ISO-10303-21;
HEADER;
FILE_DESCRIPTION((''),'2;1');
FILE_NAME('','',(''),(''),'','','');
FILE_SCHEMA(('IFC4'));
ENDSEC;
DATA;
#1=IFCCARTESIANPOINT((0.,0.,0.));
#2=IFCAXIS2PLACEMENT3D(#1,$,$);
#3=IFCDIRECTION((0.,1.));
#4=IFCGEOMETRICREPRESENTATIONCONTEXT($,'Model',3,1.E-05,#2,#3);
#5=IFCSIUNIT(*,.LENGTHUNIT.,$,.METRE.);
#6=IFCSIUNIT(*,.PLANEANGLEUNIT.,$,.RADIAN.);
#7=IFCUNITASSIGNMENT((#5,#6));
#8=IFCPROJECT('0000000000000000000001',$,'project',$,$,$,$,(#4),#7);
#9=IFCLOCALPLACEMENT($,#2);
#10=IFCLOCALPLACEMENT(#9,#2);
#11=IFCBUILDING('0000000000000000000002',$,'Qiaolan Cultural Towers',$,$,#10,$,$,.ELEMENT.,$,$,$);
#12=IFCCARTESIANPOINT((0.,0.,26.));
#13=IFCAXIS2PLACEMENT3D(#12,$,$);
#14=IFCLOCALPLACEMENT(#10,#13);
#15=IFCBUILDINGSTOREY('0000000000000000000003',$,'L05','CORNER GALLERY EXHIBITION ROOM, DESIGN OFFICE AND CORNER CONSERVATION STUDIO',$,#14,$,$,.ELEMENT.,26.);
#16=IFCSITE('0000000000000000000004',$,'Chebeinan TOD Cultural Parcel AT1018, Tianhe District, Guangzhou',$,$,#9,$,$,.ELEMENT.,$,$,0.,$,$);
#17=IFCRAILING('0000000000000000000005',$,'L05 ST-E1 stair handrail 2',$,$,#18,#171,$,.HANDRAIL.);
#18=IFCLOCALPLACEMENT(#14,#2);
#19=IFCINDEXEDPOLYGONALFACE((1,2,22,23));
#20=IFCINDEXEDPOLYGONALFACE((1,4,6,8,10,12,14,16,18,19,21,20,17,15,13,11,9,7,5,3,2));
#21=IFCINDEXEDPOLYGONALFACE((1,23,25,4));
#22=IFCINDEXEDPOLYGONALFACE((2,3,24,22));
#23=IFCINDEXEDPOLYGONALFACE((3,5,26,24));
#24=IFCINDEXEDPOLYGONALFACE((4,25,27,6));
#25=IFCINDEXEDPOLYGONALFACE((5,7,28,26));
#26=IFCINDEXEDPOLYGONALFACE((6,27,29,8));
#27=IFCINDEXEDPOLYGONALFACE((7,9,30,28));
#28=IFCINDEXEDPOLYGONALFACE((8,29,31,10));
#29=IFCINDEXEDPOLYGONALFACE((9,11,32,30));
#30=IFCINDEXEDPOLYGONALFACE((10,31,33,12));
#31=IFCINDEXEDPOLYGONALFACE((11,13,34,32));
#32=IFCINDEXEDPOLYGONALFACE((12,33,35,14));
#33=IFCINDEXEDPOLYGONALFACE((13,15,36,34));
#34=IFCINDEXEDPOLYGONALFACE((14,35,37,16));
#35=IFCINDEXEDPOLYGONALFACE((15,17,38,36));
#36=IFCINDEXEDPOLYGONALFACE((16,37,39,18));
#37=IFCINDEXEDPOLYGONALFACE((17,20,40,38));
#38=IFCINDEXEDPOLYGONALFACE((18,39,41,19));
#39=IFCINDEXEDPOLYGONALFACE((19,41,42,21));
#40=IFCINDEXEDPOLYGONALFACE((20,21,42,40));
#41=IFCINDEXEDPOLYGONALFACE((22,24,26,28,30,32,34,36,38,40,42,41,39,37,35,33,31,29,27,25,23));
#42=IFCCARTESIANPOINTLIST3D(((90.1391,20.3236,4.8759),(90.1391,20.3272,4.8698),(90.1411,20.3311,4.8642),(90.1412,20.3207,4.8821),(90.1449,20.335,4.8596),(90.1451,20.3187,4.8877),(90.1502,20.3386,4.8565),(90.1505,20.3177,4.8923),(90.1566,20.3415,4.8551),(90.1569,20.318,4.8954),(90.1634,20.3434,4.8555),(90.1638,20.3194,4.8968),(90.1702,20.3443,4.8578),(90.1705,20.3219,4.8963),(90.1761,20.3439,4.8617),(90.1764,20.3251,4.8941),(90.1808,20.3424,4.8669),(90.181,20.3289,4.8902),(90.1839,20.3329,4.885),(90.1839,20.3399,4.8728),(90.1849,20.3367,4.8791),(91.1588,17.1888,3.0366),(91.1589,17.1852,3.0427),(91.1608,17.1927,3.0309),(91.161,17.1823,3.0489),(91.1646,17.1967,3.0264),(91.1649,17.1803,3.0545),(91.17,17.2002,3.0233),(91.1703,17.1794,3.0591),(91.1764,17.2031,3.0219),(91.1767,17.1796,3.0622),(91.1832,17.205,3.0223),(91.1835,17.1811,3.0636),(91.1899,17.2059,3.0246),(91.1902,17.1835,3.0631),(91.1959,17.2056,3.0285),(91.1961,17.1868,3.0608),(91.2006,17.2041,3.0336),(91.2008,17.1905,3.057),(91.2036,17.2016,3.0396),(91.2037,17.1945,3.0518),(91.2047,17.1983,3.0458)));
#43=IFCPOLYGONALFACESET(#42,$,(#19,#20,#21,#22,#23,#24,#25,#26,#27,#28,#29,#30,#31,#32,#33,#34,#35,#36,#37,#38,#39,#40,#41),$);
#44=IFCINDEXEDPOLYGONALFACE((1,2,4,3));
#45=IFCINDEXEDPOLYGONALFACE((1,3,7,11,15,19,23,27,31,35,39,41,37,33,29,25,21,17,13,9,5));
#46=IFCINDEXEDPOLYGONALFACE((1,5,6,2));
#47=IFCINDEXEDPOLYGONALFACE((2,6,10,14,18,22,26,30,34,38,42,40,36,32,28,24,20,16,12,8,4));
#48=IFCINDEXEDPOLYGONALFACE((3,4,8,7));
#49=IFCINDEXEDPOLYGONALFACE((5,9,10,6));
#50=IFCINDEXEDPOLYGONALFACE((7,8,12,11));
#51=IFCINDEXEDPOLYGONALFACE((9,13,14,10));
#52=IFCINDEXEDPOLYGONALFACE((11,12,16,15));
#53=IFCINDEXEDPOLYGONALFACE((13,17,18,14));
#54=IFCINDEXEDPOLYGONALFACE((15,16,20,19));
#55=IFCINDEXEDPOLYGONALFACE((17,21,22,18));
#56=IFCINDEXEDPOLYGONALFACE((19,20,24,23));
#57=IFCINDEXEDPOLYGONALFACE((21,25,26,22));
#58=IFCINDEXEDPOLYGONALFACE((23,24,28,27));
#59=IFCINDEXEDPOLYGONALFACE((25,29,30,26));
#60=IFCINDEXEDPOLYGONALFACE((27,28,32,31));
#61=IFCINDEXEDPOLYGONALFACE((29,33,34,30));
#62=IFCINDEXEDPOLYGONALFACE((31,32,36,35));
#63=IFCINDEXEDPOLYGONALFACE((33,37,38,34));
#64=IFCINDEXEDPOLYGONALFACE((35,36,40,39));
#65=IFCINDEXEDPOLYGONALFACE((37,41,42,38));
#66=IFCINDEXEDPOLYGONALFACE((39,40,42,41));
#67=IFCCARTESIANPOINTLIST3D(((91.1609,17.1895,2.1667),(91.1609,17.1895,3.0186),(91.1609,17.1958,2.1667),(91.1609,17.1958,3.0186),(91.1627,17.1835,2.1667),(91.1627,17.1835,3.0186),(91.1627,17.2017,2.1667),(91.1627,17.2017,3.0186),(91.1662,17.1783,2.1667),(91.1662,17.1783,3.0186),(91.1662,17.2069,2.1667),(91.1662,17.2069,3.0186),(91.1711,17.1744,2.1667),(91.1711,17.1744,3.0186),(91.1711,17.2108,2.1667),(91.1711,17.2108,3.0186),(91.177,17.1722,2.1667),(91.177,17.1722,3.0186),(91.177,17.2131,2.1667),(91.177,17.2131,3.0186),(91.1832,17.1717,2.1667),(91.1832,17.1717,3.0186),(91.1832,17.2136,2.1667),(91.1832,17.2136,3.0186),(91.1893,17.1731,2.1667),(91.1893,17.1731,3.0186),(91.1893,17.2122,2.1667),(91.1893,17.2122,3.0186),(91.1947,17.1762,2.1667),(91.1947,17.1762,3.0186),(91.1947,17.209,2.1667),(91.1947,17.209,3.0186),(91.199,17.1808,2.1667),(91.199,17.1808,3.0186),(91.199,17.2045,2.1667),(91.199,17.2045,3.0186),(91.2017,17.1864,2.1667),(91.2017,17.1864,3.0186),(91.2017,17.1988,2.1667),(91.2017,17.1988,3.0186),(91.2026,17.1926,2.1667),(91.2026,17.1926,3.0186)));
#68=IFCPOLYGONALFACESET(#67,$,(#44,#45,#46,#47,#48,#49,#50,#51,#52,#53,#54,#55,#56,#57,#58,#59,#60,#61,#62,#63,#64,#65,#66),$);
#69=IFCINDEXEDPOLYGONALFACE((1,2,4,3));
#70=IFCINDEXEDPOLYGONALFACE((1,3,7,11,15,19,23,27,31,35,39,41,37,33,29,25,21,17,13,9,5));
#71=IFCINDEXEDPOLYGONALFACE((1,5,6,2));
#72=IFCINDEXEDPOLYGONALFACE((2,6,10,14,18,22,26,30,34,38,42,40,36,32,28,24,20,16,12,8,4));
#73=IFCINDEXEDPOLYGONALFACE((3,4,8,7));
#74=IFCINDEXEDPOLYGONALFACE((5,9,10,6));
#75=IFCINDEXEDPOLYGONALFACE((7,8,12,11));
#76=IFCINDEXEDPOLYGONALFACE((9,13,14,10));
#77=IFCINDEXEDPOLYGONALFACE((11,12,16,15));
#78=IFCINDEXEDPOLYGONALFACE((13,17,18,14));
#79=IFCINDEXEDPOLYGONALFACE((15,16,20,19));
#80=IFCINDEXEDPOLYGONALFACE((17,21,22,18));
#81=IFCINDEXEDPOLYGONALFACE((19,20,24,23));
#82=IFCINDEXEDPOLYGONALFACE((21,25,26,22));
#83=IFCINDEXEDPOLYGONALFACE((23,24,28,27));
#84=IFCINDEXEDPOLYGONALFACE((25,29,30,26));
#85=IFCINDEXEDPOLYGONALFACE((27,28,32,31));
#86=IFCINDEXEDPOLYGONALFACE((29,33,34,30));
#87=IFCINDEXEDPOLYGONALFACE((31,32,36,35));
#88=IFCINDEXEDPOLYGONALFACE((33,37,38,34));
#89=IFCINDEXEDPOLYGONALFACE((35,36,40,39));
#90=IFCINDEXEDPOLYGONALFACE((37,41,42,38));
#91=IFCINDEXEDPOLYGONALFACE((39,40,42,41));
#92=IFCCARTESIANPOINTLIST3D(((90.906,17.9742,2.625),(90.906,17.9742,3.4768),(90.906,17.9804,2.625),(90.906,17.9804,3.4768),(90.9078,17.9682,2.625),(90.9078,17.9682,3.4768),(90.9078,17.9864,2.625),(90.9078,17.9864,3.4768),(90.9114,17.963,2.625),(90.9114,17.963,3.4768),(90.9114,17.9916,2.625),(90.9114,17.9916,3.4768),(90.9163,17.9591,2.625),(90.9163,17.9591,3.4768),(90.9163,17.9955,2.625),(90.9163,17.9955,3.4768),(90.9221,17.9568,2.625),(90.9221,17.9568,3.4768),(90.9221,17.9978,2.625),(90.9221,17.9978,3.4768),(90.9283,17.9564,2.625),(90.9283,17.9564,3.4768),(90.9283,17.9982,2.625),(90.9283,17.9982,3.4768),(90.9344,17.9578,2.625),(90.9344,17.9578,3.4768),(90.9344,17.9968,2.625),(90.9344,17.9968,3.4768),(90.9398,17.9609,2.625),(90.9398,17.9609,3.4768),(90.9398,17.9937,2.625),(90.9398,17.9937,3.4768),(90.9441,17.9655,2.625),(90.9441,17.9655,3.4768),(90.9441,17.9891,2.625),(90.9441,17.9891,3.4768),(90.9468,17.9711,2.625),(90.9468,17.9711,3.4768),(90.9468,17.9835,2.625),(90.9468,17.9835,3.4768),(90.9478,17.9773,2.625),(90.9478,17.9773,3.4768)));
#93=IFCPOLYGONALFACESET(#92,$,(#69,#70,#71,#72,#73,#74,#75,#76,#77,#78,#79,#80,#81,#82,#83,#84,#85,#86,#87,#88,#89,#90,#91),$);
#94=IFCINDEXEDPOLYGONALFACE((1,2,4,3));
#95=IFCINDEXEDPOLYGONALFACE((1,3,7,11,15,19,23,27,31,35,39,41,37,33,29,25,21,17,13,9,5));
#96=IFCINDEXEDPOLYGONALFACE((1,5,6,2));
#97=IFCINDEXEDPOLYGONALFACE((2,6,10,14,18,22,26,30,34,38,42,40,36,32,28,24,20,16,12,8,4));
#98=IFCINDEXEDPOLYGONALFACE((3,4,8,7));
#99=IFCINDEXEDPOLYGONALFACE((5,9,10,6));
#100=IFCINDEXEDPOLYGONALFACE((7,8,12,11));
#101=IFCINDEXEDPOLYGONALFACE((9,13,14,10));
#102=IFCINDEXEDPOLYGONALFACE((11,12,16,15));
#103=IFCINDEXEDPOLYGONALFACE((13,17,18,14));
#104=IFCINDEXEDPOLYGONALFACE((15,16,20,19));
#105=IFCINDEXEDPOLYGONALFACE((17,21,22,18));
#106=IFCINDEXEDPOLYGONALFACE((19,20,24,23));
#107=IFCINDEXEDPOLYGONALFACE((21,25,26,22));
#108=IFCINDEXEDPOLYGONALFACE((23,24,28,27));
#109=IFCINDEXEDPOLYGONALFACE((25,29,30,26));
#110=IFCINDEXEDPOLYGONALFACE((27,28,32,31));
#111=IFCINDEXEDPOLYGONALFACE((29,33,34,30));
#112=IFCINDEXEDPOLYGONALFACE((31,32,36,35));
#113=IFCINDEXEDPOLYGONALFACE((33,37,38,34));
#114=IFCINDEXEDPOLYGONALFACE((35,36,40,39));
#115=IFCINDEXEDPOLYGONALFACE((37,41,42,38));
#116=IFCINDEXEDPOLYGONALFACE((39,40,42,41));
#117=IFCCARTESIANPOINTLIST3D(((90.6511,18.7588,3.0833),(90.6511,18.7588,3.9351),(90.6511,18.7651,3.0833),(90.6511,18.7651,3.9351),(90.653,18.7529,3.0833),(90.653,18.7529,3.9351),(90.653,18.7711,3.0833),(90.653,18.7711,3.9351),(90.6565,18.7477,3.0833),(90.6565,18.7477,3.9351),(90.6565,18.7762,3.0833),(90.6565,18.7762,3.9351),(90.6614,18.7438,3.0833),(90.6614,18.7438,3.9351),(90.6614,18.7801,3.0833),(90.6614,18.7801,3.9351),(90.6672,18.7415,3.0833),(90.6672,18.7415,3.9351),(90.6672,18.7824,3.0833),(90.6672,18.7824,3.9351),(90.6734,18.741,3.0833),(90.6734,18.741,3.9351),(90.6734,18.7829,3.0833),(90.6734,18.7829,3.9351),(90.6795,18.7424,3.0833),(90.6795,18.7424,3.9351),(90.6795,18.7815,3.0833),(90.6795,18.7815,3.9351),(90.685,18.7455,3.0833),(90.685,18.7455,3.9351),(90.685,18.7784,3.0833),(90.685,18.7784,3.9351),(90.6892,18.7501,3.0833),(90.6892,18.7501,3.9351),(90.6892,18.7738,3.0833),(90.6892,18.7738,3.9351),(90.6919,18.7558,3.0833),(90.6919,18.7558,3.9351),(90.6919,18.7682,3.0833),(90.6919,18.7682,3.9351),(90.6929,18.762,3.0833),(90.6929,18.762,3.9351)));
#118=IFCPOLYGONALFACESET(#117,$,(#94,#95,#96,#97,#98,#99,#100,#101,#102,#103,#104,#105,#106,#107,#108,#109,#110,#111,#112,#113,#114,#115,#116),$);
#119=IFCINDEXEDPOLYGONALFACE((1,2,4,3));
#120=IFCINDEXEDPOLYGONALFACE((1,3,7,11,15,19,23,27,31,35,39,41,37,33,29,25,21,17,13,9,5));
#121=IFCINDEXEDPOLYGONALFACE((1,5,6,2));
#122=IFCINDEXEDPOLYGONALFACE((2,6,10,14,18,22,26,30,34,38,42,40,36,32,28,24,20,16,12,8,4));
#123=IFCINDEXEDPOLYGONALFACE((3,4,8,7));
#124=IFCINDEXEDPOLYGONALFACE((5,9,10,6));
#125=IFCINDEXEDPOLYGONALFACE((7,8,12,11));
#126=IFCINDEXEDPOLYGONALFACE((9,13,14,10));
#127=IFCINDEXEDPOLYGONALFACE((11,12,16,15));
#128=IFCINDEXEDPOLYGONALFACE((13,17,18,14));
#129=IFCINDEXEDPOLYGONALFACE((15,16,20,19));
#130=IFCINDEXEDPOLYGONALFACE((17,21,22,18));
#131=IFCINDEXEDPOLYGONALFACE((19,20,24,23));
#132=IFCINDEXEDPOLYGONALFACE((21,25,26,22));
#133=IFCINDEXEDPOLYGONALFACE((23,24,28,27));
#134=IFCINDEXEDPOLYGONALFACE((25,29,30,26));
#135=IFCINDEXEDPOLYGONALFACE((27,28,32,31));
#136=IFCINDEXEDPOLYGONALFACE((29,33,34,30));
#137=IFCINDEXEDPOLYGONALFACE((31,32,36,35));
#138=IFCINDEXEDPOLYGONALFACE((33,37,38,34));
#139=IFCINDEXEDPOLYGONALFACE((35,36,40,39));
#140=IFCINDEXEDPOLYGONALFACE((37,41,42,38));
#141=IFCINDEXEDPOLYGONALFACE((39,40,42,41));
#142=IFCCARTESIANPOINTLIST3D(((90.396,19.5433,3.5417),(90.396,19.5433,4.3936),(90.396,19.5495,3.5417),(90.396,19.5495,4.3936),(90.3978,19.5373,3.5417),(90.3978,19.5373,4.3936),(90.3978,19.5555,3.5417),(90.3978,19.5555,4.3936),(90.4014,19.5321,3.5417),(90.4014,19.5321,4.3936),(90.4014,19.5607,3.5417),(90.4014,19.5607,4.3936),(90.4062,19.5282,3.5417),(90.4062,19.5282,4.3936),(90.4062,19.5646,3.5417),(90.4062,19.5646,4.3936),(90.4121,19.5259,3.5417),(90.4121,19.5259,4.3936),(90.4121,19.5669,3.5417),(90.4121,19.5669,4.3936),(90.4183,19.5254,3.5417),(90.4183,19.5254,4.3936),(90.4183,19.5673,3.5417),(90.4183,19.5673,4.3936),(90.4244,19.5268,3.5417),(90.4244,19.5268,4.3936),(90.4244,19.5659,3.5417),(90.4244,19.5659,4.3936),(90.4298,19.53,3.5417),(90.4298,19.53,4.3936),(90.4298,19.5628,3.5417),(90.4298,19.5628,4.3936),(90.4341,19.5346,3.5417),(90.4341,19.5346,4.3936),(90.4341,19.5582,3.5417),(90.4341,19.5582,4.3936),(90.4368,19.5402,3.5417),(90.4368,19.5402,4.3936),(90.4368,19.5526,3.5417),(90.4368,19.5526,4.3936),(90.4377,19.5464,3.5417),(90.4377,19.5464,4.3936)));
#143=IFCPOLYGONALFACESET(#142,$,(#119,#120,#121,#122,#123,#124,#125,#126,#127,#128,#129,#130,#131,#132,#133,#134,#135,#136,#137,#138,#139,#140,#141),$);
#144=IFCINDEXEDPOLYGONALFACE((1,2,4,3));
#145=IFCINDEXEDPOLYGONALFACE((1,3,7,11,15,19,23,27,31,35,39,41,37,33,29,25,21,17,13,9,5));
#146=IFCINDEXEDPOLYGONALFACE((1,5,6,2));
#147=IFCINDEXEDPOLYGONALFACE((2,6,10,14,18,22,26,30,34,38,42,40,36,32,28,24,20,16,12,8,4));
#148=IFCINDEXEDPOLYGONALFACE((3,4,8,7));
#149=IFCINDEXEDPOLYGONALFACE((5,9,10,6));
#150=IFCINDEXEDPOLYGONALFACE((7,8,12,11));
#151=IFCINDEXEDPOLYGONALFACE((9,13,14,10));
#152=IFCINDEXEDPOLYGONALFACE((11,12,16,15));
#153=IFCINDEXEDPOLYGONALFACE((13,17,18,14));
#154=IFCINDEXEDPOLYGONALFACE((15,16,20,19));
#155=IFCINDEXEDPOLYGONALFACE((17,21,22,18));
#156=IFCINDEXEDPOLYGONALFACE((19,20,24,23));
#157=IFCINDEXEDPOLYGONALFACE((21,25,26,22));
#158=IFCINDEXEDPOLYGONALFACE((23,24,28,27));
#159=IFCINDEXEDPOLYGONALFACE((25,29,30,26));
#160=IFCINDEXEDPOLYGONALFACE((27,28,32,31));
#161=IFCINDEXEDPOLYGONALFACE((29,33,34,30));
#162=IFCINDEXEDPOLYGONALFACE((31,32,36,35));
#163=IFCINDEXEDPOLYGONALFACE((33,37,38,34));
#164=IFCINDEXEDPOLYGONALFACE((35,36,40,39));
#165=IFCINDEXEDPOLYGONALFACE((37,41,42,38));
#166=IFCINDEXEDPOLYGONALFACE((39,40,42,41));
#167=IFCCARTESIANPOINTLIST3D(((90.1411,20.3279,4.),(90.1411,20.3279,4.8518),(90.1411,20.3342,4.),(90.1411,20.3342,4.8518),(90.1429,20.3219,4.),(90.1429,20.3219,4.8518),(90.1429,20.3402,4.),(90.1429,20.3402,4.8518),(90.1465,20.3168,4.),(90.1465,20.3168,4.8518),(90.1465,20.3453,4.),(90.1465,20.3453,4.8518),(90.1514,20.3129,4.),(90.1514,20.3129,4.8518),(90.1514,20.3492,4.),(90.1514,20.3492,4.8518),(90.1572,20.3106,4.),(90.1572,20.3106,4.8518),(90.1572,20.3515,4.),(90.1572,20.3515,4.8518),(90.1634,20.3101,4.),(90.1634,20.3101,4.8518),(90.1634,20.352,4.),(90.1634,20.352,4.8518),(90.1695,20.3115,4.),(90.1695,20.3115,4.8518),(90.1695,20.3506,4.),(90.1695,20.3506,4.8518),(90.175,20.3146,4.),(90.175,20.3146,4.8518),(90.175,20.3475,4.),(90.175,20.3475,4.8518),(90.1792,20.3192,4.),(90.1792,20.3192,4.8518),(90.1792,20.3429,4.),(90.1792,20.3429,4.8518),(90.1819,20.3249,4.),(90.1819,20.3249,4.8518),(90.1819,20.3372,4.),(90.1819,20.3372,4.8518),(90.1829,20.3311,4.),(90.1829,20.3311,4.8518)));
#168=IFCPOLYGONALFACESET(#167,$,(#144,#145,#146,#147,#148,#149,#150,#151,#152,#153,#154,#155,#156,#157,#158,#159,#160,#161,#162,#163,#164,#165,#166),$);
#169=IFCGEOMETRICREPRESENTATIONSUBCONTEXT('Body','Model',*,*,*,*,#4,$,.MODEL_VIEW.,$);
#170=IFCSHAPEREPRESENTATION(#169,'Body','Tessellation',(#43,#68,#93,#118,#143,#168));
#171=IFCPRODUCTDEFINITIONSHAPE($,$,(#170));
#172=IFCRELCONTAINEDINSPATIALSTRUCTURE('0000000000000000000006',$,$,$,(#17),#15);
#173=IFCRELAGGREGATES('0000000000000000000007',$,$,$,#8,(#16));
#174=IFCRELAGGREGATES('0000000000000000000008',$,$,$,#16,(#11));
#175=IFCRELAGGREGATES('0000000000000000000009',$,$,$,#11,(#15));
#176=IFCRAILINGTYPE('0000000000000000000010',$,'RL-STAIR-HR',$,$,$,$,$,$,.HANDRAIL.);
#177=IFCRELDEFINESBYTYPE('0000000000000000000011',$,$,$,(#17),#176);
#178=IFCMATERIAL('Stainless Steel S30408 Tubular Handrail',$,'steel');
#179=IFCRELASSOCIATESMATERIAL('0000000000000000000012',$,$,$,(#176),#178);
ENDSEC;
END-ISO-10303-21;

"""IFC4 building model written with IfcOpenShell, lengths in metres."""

from ifc_helpers import new_model, si_unit, direction, frame, origin, origin_2d, place, context, subcontext, project, spatial, circle, extrude, material, type_object, element, save


model = new_model("IFC4")

# Units and contexts
model_context = context("Model", 3, precision=1e-05, world=origin(), true_north=direction((0.0, 1.0)))
body_context = subcontext(model_context, "Body", "Model", "MODEL_VIEW")
ifc_project = project(units=[si_unit("LENGTHUNIT", "METRE"), si_unit("PLANEANGLEUNIT", "RADIAN")], contexts=[model_context])

# Site, building, storey
site_placement = place(None, origin())
site = spatial("IfcSite", under=ifc_project, at=site_placement, Name="Chebeinan TOD Cultural Parcel AT1018, Tianhe District, Guangzhou", CompositionType="ELEMENT", RefElevation=0.0)
building_placement = place(site_placement, origin())
building = spatial("IfcBuilding", under=site, at=building_placement, Name="Qiaolan Cultural Towers", CompositionType="ELEMENT")
storey_placement = place(building_placement, frame((0.0, 0.0, 26.0)))
storey = spatial("IfcBuildingStorey", under=building, at=storey_placement, Name="L05", Description="CORNER GALLERY EXHIBITION ROOM, DESIGN OFFICE AND CORNER CONSERVATION STUDIO", CompositionType="ELEMENT", Elevation=26.0)

# Railing
ifc_material_1 = material(Name="Stainless Steel S30408 Tubular Handrail", Category="steel")
railing_type_1 = type_object("IfcRailingType", Name="RL-STAIR-HR", PredefinedType="HANDRAIL", material=ifc_material_1)
railing_1_placement = place(storey_placement, frame((91.1816, 17.1926, 2.1667)))
element("IfcRailing", 1, at=railing_1_placement, inside=storey, type_object=railing_type_1, Name="L05 ST-E1 stair handrail 2", PredefinedType="HANDRAIL", context=body_context, shape_type="SweptSolid", body=[
    extrude(circle(Radius=0.0239, at=origin_2d()), frame((0.0, 0.0, 0.876), z_axis=(-0.270141, 0.831376, 0.485632), x_axis=(-0.951053, -0.309028, 0.0)), (0.0, 0.0, 1.0), 3.7749),
    extrude(circle(Radius=0.021, at=origin_2d()), origin(), (0.0, 0.0, 1.0), 0.8518),
    extrude(circle(Radius=0.021, at=origin_2d()), frame((-0.2549, 0.7847, 0.4583)), (0.0, 0.0, 1.0), 0.8518),
    extrude(circle(Radius=0.021, at=origin_2d()), frame((-0.5098, 1.5693, 0.9165)), (0.0, 0.0, 1.0), 0.8518),
    extrude(circle(Radius=0.021, at=origin_2d()), frame((-0.7649, 2.3538, 1.375)), (0.0, 0.0, 1.0), 0.8518),
    extrude(circle(Radius=0.021, at=origin_2d()), frame((-1.0198, 3.1384, 1.8333)), (0.0, 0.0, 1.0), 0.8518),
])

save(model, "model.ifc")
